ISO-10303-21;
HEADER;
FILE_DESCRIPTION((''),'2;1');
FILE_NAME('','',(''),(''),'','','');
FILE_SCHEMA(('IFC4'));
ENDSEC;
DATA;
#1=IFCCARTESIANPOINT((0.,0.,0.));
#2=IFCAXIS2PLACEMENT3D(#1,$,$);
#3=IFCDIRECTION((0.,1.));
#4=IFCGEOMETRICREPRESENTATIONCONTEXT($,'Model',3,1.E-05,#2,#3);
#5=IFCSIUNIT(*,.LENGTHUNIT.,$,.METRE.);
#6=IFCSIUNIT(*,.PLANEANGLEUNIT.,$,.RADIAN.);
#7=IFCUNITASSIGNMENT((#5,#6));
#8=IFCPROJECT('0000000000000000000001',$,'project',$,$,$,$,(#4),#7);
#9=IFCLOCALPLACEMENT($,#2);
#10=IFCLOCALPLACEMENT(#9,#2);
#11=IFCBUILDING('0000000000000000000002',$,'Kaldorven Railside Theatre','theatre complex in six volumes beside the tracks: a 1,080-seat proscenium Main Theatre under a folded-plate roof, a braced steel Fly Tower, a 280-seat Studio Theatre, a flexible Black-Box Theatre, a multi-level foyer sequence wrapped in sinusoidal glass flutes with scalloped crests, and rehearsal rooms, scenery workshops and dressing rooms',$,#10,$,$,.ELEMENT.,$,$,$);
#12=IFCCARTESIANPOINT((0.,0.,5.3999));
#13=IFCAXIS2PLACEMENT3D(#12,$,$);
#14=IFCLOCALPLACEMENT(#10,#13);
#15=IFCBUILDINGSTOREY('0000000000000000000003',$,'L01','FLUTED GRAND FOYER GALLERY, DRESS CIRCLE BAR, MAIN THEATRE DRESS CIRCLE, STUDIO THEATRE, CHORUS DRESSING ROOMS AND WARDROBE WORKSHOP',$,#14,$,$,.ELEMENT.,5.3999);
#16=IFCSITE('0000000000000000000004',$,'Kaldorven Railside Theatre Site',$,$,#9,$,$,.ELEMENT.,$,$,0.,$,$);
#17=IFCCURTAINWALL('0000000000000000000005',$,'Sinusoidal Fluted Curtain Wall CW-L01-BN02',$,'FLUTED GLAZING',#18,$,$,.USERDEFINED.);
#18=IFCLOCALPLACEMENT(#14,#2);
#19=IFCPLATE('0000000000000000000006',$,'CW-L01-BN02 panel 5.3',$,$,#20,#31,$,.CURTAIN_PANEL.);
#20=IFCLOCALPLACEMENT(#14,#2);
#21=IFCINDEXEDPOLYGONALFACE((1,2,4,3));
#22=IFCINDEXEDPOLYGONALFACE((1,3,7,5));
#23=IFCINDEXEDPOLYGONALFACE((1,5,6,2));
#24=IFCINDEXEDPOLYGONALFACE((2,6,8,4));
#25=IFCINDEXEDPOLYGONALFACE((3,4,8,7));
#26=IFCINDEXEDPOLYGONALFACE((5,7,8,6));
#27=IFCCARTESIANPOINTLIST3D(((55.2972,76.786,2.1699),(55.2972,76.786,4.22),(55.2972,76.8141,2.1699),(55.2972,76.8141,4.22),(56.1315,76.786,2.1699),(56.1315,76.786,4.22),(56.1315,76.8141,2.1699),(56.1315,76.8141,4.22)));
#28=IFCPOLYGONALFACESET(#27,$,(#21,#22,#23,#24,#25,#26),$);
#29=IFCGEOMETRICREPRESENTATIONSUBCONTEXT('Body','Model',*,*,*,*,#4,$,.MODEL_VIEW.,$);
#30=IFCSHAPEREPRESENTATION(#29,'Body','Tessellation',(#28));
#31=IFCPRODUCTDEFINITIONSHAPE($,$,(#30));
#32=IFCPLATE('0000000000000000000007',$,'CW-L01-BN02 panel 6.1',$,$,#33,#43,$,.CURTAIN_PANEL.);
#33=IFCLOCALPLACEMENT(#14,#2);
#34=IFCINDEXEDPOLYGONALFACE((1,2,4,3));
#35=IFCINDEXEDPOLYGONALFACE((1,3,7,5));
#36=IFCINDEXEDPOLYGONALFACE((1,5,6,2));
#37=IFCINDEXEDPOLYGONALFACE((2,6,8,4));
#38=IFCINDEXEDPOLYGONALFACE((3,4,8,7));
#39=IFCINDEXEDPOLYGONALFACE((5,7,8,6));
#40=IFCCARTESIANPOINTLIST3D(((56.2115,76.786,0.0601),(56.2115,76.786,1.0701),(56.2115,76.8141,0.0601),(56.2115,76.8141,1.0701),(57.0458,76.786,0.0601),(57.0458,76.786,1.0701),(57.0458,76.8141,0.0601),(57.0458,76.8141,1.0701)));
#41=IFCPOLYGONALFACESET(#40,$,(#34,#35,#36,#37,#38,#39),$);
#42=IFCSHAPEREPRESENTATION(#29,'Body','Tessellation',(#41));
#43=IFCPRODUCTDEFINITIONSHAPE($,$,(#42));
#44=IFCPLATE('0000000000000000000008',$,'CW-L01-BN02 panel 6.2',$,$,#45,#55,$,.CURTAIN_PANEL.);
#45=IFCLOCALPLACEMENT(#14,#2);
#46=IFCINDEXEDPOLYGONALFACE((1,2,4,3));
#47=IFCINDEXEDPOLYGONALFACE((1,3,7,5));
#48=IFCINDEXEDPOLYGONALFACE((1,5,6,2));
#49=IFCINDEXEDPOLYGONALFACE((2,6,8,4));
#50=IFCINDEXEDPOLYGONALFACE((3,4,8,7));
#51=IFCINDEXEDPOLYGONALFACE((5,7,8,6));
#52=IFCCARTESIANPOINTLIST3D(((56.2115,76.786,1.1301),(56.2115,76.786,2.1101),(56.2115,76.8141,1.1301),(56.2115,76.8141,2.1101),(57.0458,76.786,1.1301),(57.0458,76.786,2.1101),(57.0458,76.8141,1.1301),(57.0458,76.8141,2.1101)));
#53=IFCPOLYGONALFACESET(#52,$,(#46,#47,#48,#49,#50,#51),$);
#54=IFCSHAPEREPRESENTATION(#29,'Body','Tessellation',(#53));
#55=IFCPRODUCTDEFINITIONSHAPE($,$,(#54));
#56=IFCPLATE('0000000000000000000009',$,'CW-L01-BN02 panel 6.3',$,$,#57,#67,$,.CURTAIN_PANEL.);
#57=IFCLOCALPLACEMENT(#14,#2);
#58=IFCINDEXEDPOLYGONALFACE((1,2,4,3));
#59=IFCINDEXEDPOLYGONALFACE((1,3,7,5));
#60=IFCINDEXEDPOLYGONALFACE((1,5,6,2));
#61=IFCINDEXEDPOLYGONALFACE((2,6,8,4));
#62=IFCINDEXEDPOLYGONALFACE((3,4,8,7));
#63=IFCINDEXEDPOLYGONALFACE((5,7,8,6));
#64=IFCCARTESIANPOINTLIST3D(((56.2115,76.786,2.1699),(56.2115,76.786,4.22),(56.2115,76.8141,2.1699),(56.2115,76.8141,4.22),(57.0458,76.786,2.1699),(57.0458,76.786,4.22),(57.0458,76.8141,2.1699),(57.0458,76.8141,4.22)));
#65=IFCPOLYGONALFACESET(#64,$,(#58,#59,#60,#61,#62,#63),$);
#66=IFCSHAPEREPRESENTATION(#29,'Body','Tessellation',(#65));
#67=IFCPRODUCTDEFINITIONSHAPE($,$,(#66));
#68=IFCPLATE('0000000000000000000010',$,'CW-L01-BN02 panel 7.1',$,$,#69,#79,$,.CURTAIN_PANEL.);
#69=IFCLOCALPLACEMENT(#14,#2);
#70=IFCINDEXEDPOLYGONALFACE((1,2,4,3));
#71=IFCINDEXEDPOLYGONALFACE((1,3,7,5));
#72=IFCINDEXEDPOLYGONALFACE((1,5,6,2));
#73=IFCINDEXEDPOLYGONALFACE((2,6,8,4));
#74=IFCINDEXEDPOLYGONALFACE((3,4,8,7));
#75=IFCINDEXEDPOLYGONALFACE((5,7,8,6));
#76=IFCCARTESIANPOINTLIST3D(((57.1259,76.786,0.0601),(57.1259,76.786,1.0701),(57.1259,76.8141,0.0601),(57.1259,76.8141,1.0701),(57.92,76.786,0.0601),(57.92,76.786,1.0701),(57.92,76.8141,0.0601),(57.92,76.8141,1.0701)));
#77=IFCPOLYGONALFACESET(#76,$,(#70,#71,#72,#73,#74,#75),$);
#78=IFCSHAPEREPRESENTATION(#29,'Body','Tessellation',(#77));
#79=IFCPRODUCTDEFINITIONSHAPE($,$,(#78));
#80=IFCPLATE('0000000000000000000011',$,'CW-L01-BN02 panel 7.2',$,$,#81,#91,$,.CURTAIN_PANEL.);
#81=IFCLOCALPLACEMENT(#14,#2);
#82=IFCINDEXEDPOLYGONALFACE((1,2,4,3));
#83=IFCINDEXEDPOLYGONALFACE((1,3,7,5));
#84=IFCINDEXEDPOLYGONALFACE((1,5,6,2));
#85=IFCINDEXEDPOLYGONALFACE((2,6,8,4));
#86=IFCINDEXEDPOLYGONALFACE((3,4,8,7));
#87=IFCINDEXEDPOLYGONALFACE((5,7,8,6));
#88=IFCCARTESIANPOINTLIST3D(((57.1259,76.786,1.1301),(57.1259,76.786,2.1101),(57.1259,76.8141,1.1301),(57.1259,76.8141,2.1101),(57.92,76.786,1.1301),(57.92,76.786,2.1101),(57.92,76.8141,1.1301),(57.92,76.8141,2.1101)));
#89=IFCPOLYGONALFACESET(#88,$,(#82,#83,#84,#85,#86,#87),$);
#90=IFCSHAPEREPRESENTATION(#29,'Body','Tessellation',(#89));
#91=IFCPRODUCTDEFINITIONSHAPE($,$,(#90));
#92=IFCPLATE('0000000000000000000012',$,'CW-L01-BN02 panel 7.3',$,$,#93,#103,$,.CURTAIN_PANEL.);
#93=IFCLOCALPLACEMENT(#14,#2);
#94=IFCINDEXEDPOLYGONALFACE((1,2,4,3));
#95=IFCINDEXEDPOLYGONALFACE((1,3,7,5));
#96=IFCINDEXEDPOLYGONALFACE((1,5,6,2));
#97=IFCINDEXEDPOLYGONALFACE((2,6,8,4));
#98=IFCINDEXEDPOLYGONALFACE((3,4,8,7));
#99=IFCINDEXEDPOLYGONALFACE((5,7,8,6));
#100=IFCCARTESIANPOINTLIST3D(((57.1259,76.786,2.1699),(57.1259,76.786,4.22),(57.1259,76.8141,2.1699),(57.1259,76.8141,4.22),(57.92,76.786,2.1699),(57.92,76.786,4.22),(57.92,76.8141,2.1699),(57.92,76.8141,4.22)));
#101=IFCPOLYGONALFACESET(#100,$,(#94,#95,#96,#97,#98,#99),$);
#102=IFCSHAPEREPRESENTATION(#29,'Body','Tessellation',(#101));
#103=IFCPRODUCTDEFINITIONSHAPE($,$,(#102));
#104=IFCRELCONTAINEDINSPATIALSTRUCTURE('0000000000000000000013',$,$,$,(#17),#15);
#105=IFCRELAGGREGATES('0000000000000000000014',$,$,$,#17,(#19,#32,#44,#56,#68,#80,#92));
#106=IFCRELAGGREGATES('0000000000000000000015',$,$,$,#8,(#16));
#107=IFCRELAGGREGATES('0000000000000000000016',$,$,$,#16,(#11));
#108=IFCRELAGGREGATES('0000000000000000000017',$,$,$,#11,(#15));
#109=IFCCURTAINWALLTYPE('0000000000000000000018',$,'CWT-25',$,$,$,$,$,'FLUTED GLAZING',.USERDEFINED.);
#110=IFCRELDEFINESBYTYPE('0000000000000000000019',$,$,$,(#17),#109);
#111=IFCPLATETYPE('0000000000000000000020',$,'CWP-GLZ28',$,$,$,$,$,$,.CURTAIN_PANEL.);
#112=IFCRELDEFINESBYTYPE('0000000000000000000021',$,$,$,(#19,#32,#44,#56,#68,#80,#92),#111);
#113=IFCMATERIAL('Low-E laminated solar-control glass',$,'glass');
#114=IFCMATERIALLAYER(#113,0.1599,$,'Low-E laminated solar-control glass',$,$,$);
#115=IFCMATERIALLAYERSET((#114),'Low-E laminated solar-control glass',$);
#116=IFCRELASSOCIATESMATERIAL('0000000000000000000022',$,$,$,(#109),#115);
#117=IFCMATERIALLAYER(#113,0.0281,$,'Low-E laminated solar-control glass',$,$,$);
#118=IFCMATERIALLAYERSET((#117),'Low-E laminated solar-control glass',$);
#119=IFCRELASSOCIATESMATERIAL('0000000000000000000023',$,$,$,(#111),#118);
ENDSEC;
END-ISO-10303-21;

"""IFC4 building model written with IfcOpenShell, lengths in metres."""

from ifc_helpers import new_model, si_unit, direction, frame, origin, origin_2d, place, context, subcontext, project, spatial, rectangle, extrude, material, layer, layer_set, type_object, element, aggregate, save


model = new_model("IFC4")

# Units and contexts
model_context = context("Model", 3, precision=1e-05, world=origin(), true_north=direction((0.0, 1.0)))
body_context = subcontext(model_context, "Body", "Model", "MODEL_VIEW")
ifc_project = project(units=[si_unit("LENGTHUNIT", "METRE"), si_unit("PLANEANGLEUNIT", "RADIAN")], contexts=[model_context])

# Site, building, storey
site_placement = place(None, origin())
site = spatial("IfcSite", under=ifc_project, at=site_placement, Name="Kaldorven Railside Theatre Site", CompositionType="ELEMENT", RefElevation=0.0)
building_placement = place(site_placement, origin())
building = spatial("IfcBuilding", under=site, at=building_placement, Name="Kaldorven Railside Theatre", Description="theatre complex in six volumes beside the tracks: a 1,080-seat proscenium Main Theatre under a folded-plate roof, a braced steel Fly Tower, a 280-seat Studio Theatre, a flexible Black-Box Theatre, a multi-level foyer sequence wrapped in sinusoidal glass flutes with scalloped crests, and rehearsal rooms, scenery workshops and dressing rooms", CompositionType="ELEMENT")
storey_placement = place(building_placement, frame((0.0, 0.0, 5.3999)))
storey = spatial("IfcBuildingStorey", under=building, at=storey_placement, Name="L01", Description="FLUTED GRAND FOYER GALLERY, DRESS CIRCLE BAR, MAIN THEATRE DRESS CIRCLE, STUDIO THEATRE, CHORUS DRESSING ROOMS AND WARDROBE WORKSHOP", CompositionType="ELEMENT", Elevation=5.3999)

# Curtain wall, plates
ifc_material_1 = material(Name="Low-E laminated solar-control glass", Category="glass")
ifc_layer_1 = layer(ifc_material_1, 0.1599, Name="Low-E laminated solar-control glass")
ifc_layer_set_1 = layer_set([ifc_layer_1], Name="Low-E laminated solar-control glass")
curtain_wall_type = type_object("IfcCurtainWallType", Name="CWT-25", ElementType="FLUTED GLAZING", PredefinedType="USERDEFINED", material=ifc_layer_set_1)
curtain_wall_placement = place(storey_placement, origin())
curtain_wall = element("IfcCurtainWall", 1, at=curtain_wall_placement, inside=storey, type_object=curtain_wall_type, Name="Sinusoidal Fluted Curtain Wall CW-L01-BN02", ObjectType="FLUTED GLAZING", PredefinedType="USERDEFINED")
ifc_layer_2 = layer(ifc_material_1, 0.0281, Name="Low-E laminated solar-control glass")
ifc_layer_set_2 = layer_set([ifc_layer_2], Name="Low-E laminated solar-control glass")
plate_type = type_object("IfcPlateType", Name="CWP-GLZ28", PredefinedType="CURTAIN_PANEL", material=ifc_layer_set_2)
plate_1_placement = place(storey_placement, frame((55.7144, 76.8, 2.1699), z_axis=(0.0, 0.0, 1.0), x_axis=(1.0, 0.0, 0.0)))
plate_1 = element("IfcPlate", 2, at=plate_1_placement, type_object=plate_type, Name="CW-L01-BN02 panel 5.3", PredefinedType="CURTAIN_PANEL", context=body_context, shape_type="SweptSolid", body=[
    extrude(rectangle(XDim=0.8342, YDim=0.0281, at=origin_2d()), origin(), (0.0, 0.0, 1.0), 2.05),
])
plate_2_placement = place(storey_placement, frame((56.6287, 76.8, 0.0601), z_axis=(0.0, 0.0, 1.0), x_axis=(1.0, 0.0, 0.0)))
plate_2 = element("IfcPlate", 3, at=plate_2_placement, type_object=plate_type, Name="CW-L01-BN02 panel 6.1", PredefinedType="CURTAIN_PANEL", context=body_context, shape_type="SweptSolid", body=[
    extrude(rectangle(XDim=0.8342, YDim=0.0281, at=origin_2d()), origin(), (0.0, 0.0, 1.0), 1.01),
])
plate_3_placement = place(storey_placement, frame((56.6287, 76.8, 1.1301), z_axis=(0.0, 0.0, 1.0), x_axis=(1.0, 0.0, 0.0)))
plate_3 = element("IfcPlate", 4, at=plate_3_placement, type_object=plate_type, Name="CW-L01-BN02 panel 6.2", PredefinedType="CURTAIN_PANEL", context=body_context, shape_type="SweptSolid", body=[
    extrude(rectangle(XDim=0.8342, YDim=0.0281, at=origin_2d()), origin(), (0.0, 0.0, 1.0), 0.98),
])
plate_4_placement = place(storey_placement, frame((56.6287, 76.8, 2.1699), z_axis=(0.0, 0.0, 1.0), x_axis=(1.0, 0.0, 0.0)))
plate_4 = element("IfcPlate", 5, at=plate_4_placement, type_object=plate_type, Name="CW-L01-BN02 panel 6.3", PredefinedType="CURTAIN_PANEL", context=body_context, shape_type="SweptSolid", body=[
    extrude(rectangle(XDim=0.8342, YDim=0.0281, at=origin_2d()), origin(), (0.0, 0.0, 1.0), 2.05),
])
plate_5_placement = place(storey_placement, frame((57.5229, 76.8, 0.0601), z_axis=(0.0, 0.0, 1.0), x_axis=(1.0, 0.0, 0.0)))
plate_5 = element("IfcPlate", 6, at=plate_5_placement, type_object=plate_type, Name="CW-L01-BN02 panel 7.1", PredefinedType="CURTAIN_PANEL", context=body_context, shape_type="SweptSolid", body=[
    extrude(rectangle(XDim=0.7942, YDim=0.0281, at=origin_2d()), origin(), (0.0, 0.0, 1.0), 1.01),
])
plate_6_placement = place(storey_placement, frame((57.5229, 76.8, 1.1301), z_axis=(0.0, 0.0, 1.0), x_axis=(1.0, 0.0, 0.0)))
plate_6 = element("IfcPlate", 7, at=plate_6_placement, type_object=plate_type, Name="CW-L01-BN02 panel 7.2", PredefinedType="CURTAIN_PANEL", context=body_context, shape_type="SweptSolid", body=[
    extrude(rectangle(XDim=0.7942, YDim=0.0281, at=origin_2d()), origin(), (0.0, 0.0, 1.0), 0.98),
])
plate_7_placement = place(storey_placement, frame((57.5229, 76.8, 2.1699), z_axis=(0.0, 0.0, 1.0), x_axis=(1.0, 0.0, 0.0)))
plate_7 = element("IfcPlate", 8, at=plate_7_placement, type_object=plate_type, Name="CW-L01-BN02 panel 7.3", PredefinedType="CURTAIN_PANEL", context=body_context, shape_type="SweptSolid", body=[
    extrude(rectangle(XDim=0.7942, YDim=0.0281, at=origin_2d()), origin(), (0.0, 0.0, 1.0), 2.05),
])
aggregate(curtain_wall, [plate_1, plate_2, plate_3, plate_4, plate_5, plate_6, plate_7])

save(model, "model.ifc")
